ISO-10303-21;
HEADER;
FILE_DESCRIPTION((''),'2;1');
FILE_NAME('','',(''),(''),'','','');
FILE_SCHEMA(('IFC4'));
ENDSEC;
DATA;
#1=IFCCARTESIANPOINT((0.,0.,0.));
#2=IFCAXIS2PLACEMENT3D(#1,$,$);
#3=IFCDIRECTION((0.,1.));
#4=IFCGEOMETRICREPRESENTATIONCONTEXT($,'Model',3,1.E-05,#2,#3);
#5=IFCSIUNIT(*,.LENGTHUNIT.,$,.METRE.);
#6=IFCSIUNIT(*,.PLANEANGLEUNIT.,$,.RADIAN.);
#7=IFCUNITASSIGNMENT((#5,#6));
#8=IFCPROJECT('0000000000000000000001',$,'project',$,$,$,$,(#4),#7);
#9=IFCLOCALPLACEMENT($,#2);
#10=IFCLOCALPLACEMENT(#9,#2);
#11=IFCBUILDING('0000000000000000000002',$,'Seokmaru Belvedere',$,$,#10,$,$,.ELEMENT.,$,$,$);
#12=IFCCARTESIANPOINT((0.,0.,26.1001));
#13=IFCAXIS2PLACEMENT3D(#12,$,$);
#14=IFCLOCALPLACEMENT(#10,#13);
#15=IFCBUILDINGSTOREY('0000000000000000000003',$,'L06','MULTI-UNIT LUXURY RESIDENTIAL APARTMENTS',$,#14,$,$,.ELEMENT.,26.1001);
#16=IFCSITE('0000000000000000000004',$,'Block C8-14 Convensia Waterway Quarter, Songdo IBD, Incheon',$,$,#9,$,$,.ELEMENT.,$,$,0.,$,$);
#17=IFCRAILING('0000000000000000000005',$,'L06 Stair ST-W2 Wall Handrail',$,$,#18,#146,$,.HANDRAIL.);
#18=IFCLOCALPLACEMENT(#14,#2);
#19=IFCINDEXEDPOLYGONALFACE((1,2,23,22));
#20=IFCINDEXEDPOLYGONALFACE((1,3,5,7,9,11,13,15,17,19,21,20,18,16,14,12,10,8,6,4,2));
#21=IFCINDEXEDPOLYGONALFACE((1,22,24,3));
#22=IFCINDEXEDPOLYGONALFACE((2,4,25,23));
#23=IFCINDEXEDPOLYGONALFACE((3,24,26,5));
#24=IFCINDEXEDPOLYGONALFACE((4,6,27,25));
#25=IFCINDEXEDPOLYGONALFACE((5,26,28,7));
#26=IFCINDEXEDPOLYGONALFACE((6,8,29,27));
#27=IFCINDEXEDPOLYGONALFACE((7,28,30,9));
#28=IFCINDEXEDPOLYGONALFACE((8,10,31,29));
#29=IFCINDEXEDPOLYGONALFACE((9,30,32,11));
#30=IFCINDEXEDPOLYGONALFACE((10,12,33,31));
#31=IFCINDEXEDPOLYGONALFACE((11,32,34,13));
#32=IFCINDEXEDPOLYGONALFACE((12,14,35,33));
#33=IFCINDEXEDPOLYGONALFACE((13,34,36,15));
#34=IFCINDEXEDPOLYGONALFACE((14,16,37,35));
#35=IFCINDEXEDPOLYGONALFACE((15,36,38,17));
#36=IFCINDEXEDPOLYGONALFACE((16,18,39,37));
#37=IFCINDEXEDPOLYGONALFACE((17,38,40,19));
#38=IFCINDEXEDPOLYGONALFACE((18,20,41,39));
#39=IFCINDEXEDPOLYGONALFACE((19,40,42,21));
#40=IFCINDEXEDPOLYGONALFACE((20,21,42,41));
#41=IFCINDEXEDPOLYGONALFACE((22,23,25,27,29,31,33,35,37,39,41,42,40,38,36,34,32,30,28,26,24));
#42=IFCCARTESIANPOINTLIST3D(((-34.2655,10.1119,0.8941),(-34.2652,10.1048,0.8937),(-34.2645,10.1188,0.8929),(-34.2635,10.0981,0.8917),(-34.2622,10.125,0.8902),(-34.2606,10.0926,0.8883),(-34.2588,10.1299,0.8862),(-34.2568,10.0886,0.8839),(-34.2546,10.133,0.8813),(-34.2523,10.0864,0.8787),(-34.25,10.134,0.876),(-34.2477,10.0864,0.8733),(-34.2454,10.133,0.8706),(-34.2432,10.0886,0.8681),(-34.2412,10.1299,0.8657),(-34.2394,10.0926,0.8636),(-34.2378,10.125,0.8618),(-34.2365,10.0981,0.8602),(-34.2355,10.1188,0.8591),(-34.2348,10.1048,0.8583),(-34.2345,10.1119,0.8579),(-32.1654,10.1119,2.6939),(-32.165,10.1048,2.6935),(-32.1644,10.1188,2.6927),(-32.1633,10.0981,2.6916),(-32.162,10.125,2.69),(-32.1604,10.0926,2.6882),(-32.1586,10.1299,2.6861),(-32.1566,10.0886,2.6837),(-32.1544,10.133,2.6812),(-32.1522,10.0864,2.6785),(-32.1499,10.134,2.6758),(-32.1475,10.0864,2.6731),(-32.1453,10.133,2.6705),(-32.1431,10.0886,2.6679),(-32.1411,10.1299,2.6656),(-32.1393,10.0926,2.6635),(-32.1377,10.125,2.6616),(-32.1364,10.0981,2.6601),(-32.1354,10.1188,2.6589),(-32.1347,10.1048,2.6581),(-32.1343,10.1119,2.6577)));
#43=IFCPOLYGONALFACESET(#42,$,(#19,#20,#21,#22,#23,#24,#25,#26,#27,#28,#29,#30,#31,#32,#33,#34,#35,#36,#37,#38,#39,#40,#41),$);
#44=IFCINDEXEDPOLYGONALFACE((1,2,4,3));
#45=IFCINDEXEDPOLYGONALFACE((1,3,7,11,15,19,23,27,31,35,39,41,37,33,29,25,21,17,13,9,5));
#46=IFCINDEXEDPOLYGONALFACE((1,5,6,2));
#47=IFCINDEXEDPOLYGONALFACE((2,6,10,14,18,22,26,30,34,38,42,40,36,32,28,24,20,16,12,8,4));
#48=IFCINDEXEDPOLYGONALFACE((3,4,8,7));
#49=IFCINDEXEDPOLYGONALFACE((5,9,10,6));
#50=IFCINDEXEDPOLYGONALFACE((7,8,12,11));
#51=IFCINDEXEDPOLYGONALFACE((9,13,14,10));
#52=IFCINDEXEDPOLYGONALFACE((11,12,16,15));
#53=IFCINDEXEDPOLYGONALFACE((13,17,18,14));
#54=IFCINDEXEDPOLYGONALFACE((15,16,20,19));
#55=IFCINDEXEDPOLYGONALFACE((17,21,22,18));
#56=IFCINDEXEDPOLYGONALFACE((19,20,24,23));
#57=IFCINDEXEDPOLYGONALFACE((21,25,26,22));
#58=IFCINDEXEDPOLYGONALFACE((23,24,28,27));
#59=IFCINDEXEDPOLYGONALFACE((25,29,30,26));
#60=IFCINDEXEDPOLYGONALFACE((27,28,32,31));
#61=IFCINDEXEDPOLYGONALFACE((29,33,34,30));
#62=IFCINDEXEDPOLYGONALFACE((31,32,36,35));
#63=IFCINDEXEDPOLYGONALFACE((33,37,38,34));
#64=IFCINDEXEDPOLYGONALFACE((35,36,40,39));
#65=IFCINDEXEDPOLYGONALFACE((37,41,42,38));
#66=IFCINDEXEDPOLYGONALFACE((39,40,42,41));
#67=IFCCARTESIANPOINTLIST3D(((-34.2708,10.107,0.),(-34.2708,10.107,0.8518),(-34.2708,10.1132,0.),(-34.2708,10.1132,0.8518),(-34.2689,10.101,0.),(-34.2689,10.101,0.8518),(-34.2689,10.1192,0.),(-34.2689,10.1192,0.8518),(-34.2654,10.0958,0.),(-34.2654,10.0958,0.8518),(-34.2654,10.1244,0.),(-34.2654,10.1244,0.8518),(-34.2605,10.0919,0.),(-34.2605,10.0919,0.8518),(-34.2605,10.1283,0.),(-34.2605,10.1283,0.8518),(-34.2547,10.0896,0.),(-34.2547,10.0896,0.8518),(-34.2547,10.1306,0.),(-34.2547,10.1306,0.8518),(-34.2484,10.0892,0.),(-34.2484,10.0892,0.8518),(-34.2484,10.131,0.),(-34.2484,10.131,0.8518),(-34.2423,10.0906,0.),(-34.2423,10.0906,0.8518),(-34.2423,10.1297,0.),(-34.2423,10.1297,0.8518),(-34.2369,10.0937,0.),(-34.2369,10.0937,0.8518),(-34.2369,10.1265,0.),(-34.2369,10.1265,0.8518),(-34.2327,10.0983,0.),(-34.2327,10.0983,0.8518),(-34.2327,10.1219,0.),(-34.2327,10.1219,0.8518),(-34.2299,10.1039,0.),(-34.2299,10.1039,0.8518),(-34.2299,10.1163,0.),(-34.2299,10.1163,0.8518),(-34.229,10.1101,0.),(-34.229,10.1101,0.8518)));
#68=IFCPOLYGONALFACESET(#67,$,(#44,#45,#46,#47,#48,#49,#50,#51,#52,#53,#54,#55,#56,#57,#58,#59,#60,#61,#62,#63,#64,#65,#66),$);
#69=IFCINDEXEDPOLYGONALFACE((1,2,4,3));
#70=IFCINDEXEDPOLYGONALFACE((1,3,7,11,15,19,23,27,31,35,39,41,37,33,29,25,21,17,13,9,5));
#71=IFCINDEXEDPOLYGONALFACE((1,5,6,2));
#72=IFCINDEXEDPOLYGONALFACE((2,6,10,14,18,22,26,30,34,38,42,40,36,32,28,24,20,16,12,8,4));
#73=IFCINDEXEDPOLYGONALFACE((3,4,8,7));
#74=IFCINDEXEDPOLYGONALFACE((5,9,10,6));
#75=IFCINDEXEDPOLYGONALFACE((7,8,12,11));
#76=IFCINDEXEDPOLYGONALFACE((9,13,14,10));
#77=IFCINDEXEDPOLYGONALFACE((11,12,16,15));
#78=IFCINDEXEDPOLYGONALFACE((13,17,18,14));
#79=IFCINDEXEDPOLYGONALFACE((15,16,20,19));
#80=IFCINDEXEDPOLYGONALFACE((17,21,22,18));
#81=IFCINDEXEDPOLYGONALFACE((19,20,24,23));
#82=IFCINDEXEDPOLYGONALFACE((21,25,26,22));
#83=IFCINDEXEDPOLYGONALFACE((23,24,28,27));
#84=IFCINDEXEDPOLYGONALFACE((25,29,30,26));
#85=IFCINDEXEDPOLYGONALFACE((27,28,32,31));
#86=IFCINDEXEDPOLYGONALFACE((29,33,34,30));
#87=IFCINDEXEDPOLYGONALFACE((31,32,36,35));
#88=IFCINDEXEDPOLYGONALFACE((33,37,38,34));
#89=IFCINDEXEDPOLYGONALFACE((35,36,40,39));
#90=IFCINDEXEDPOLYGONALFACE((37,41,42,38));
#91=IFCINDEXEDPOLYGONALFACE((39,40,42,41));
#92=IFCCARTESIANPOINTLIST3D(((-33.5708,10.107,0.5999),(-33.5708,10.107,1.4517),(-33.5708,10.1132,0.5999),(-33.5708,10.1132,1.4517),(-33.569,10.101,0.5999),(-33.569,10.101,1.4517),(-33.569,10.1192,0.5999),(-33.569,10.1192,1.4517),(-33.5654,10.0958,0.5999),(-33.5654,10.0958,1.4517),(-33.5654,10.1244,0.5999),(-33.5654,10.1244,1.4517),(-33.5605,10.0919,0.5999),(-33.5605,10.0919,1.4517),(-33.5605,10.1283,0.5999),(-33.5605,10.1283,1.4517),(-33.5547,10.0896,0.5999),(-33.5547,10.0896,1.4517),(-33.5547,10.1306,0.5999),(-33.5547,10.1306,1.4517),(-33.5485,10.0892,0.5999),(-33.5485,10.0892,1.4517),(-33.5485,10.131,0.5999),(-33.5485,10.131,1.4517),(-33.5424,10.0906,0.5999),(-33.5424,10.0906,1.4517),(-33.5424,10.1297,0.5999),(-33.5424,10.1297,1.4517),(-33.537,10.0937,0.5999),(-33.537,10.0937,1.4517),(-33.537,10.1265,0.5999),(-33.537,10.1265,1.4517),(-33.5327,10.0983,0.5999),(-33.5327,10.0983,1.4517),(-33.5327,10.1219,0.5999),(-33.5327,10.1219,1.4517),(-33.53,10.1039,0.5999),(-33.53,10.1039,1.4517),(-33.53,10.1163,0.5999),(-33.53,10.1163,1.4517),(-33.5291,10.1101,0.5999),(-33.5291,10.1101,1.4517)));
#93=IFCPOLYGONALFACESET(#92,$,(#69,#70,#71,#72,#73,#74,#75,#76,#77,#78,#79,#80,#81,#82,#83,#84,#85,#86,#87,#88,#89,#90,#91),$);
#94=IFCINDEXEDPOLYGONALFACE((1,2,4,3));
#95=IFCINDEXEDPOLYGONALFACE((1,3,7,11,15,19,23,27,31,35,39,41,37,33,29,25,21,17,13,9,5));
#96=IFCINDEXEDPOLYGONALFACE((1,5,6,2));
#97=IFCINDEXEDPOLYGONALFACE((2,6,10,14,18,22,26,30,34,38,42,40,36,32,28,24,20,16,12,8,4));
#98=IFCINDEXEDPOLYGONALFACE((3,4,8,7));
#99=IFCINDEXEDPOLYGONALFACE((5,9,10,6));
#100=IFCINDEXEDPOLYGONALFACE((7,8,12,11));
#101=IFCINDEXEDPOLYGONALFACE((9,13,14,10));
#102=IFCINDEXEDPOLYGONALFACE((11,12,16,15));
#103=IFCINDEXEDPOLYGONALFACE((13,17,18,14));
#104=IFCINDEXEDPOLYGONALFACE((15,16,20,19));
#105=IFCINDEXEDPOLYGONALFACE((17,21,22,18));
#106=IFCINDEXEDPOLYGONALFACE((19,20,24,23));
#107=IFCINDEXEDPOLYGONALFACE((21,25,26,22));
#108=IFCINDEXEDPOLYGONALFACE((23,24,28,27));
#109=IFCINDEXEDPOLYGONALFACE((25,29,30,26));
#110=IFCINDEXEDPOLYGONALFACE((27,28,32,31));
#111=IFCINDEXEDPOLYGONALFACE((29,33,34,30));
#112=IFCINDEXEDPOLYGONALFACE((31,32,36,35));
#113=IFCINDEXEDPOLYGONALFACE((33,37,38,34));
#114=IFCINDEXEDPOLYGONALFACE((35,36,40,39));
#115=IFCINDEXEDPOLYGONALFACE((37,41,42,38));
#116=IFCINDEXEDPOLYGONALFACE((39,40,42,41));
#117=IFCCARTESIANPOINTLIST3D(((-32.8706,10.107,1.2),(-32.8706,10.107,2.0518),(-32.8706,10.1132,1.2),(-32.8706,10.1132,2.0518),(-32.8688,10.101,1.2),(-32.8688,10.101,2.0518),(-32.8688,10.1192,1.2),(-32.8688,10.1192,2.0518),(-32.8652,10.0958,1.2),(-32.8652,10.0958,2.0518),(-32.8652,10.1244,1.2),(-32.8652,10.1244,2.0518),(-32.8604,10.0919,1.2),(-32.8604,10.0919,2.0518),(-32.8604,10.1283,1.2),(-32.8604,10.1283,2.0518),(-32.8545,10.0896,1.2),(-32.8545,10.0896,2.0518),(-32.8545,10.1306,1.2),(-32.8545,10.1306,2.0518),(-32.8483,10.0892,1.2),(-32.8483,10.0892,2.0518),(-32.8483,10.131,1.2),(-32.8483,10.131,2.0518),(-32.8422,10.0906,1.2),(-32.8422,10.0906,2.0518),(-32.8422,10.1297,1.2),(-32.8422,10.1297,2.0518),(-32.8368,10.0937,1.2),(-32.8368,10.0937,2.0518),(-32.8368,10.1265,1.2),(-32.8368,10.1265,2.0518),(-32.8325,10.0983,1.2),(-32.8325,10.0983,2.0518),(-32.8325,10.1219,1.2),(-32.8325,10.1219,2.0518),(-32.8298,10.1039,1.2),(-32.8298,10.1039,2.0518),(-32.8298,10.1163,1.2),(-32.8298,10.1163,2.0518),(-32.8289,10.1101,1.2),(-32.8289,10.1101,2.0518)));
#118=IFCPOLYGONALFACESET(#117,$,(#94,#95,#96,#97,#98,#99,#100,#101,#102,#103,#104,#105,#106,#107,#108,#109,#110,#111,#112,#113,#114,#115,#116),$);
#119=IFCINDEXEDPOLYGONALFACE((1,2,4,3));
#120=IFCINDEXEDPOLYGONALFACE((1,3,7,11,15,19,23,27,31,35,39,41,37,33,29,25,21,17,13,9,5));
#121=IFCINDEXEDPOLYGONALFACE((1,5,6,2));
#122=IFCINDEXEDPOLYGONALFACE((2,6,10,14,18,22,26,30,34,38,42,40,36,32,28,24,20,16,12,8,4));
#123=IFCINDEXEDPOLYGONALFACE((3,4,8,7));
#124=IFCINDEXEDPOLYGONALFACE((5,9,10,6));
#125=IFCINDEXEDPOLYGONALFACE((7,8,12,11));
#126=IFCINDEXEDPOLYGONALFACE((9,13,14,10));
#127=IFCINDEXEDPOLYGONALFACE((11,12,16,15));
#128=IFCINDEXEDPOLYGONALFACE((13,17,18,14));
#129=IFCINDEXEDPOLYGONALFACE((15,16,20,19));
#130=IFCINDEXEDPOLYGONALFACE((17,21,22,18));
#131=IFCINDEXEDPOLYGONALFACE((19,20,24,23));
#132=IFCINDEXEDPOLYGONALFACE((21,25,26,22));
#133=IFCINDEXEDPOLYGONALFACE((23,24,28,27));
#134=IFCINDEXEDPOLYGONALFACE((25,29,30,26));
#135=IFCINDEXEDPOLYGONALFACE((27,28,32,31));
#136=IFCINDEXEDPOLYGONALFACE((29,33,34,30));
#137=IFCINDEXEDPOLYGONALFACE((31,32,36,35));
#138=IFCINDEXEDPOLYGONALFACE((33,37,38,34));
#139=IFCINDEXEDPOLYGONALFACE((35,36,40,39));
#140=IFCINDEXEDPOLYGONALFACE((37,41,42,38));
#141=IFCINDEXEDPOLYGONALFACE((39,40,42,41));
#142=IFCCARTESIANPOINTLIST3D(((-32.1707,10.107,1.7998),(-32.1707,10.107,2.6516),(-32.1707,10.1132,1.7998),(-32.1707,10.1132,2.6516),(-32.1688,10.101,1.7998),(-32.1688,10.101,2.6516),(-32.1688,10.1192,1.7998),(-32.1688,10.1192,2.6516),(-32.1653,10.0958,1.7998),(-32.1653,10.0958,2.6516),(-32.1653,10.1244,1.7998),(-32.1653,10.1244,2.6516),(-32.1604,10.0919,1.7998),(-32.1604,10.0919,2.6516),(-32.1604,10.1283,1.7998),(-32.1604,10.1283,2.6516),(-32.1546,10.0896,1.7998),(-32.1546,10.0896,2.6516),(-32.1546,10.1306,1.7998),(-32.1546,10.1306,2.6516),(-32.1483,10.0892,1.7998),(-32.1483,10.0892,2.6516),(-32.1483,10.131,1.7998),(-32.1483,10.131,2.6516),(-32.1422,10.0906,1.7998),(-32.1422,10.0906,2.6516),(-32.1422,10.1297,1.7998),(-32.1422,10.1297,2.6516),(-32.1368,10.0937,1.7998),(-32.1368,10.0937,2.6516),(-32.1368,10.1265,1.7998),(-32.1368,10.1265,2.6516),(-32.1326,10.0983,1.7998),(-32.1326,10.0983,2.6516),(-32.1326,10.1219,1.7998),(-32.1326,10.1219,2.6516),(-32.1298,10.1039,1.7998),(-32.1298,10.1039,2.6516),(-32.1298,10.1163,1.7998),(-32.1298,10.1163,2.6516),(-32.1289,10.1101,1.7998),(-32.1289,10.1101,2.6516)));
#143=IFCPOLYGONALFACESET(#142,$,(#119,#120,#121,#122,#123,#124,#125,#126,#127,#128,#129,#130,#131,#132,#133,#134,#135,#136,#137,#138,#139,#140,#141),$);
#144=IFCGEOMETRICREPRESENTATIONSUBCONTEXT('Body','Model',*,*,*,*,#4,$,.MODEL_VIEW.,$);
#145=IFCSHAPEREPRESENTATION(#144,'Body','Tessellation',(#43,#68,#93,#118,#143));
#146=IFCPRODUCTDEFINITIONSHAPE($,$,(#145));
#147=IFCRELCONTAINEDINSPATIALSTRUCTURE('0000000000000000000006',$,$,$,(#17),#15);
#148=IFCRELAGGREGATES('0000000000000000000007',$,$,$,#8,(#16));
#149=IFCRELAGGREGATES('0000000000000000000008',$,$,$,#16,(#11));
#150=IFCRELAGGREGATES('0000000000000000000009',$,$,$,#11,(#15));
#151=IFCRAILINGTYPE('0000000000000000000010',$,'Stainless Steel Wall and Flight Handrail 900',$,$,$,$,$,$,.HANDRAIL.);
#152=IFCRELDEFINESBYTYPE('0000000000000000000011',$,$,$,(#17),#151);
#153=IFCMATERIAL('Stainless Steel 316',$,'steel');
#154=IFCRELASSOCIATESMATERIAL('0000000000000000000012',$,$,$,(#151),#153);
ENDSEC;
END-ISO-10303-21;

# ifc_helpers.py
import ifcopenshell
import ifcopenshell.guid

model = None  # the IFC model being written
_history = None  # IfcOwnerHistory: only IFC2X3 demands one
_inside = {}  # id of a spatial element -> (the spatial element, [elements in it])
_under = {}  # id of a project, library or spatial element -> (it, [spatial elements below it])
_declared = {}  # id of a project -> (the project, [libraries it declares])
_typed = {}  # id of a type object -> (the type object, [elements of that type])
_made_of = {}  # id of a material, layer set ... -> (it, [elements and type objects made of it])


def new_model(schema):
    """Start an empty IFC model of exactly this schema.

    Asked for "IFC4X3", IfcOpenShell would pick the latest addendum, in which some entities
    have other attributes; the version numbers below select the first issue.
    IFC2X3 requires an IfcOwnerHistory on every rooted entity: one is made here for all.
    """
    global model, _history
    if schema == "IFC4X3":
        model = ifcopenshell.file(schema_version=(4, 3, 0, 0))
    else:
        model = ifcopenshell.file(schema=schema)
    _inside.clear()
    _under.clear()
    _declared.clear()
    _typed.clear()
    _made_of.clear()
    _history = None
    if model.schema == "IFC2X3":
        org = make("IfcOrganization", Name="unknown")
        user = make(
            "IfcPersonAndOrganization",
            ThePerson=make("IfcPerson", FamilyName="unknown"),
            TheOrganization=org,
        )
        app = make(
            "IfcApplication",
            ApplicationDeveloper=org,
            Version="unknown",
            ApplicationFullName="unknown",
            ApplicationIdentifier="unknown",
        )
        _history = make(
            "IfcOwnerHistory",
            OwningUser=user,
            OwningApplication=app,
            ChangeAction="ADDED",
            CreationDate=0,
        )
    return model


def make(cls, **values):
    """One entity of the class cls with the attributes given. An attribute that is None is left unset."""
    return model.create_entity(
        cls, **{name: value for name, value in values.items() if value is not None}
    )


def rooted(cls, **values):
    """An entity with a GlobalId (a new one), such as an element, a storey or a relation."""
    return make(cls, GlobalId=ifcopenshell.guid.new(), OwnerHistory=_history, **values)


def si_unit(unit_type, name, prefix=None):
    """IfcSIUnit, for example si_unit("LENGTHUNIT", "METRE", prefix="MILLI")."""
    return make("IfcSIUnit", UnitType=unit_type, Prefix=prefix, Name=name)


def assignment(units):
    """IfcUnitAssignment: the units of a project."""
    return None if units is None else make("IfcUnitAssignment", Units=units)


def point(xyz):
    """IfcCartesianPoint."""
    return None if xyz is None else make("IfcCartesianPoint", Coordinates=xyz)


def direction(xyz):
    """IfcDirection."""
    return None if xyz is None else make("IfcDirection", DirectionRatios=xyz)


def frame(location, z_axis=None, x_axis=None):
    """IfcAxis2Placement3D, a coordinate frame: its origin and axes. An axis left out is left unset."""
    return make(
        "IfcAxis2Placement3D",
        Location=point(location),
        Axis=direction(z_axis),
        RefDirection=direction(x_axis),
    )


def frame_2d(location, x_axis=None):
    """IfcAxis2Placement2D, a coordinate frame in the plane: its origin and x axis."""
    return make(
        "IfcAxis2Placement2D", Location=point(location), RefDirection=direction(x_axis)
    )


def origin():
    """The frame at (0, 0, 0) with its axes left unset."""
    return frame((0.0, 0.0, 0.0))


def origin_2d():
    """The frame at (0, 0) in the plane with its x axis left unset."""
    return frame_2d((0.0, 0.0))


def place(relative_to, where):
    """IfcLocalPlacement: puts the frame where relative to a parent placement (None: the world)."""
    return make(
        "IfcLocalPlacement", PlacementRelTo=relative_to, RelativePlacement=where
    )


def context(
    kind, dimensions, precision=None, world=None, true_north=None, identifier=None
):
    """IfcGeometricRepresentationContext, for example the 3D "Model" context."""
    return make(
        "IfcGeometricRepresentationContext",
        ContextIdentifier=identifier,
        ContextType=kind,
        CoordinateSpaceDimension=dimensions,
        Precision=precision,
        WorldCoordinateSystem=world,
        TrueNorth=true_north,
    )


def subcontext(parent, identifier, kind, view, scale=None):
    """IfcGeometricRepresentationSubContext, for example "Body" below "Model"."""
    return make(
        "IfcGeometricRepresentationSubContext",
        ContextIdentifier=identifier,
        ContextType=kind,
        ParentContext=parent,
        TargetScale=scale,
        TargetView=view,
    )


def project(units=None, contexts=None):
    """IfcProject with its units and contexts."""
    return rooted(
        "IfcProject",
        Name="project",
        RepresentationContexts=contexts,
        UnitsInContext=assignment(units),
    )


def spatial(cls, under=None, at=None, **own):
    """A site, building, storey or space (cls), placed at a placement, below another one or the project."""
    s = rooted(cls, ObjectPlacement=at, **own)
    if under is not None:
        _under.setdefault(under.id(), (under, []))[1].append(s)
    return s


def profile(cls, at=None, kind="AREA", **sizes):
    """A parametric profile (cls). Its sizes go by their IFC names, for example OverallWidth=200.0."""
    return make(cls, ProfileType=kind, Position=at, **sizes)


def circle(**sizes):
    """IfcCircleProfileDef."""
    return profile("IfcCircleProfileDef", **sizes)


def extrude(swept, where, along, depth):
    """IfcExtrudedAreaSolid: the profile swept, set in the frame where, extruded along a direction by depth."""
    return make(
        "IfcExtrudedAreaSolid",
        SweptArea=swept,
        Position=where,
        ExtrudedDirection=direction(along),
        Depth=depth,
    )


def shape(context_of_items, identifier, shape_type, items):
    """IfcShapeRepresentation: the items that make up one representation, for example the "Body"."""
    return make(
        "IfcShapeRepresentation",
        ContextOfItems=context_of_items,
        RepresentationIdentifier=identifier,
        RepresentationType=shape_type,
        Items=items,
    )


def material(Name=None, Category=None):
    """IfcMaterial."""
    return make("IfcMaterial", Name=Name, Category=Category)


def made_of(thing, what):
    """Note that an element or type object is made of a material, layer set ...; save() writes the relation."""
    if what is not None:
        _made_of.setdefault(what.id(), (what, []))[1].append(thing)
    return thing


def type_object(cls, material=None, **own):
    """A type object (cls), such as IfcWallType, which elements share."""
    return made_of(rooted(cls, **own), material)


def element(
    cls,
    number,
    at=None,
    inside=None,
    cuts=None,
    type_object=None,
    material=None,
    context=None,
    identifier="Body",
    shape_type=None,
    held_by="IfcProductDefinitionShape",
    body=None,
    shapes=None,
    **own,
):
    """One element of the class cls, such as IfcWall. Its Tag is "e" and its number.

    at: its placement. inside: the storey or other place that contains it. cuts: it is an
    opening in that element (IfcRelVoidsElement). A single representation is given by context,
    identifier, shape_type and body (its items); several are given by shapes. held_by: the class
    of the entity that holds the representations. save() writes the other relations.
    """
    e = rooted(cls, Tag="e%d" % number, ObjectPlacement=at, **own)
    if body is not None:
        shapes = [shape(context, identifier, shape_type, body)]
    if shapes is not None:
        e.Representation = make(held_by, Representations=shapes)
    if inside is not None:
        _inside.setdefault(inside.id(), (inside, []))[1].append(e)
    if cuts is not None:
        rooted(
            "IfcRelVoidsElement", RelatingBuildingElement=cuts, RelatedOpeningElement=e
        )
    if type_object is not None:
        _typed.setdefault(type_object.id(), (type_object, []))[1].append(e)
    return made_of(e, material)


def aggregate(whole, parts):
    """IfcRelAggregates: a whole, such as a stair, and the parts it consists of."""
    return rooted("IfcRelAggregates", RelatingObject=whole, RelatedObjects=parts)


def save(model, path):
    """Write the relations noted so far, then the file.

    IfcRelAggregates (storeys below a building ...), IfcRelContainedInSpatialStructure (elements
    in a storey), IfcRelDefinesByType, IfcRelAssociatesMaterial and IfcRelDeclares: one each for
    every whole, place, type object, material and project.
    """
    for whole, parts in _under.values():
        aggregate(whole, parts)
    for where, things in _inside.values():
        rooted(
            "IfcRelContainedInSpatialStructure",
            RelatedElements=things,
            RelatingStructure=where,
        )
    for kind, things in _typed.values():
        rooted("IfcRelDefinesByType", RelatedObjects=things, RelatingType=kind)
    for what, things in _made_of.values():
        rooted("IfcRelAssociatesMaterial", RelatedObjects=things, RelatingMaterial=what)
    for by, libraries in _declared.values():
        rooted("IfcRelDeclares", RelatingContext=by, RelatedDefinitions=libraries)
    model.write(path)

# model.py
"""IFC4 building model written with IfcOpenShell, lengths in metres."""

from ifc_helpers import new_model, si_unit, direction, frame, origin, origin_2d, place, context, subcontext, project, spatial, circle, extrude, material, type_object, element, save


model = new_model("IFC4")

# Units and contexts
model_context = context("Model", 3, precision=1e-05, world=origin(), true_north=direction((0.0, 1.0)))
body_context = subcontext(model_context, "Body", "Model", "MODEL_VIEW")
ifc_project = project(units=[si_unit("LENGTHUNIT", "METRE"), si_unit("PLANEANGLEUNIT", "RADIAN")], contexts=[model_context])

# Site, building, storey
site_placement = place(None, origin())
site = spatial("IfcSite", under=ifc_project, at=site_placement, Name="Block C8-14 Convensia Waterway Quarter, Songdo IBD, Incheon", CompositionType="ELEMENT", RefElevation=0.0)
building_placement = place(site_placement, origin())
building = spatial("IfcBuilding", under=site, at=building_placement, Name="Seokmaru Belvedere", CompositionType="ELEMENT")
storey_placement = place(building_placement, frame((0.0, 0.0, 26.1001)))
storey = spatial("IfcBuildingStorey", under=building, at=storey_placement, Name="L06", Description="MULTI-UNIT LUXURY RESIDENTIAL APARTMENTS", CompositionType="ELEMENT", Elevation=26.1001)

# Railing
ifc_material_1 = material(Name="Stainless Steel 316", Category="steel")
railing_type_1 = type_object("IfcRailingType", Name="Stainless Steel Wall and Flight Handrail 900", PredefinedType="HANDRAIL", material=ifc_material_1)
railing_1_placement = place(storey_placement, frame((-34.25, 10.1101, 0.0)))
element("IfcRailing", 1, at=railing_1_placement, inside=storey, type_object=railing_type_1, Name="L06 Stair ST-W2 Wall Handrail", PredefinedType="HANDRAIL", context=body_context, shape_type="SweptSolid", body=[
    extrude(circle(Radius=0.0239, at=origin_2d()), frame((0.0, 0.0, 0.876), z_axis=(0.759306, 0.0, 0.650733), x_axis=(0.0, 1.0, 0.0)), (0.0, 0.0, 1.0), 2.7659),
    extrude(circle(Radius=0.021, at=origin_2d()), origin(), (0.0, 0.0, 1.0), 0.8518),
    extrude(circle(Radius=0.021, at=origin_2d()), frame((0.7, 0.0, 0.5999)), (0.0, 0.0, 1.0), 0.8518),
    extrude(circle(Radius=0.021, at=origin_2d()), frame((1.4001, 0.0, 1.2)), (0.0, 0.0, 1.0), 0.8518),
    extrude(circle(Radius=0.021, at=origin_2d()), frame((2.1001, 0.0, 1.7998)), (0.0, 0.0, 1.0), 0.8518),
])

save(model, "model.ifc")
